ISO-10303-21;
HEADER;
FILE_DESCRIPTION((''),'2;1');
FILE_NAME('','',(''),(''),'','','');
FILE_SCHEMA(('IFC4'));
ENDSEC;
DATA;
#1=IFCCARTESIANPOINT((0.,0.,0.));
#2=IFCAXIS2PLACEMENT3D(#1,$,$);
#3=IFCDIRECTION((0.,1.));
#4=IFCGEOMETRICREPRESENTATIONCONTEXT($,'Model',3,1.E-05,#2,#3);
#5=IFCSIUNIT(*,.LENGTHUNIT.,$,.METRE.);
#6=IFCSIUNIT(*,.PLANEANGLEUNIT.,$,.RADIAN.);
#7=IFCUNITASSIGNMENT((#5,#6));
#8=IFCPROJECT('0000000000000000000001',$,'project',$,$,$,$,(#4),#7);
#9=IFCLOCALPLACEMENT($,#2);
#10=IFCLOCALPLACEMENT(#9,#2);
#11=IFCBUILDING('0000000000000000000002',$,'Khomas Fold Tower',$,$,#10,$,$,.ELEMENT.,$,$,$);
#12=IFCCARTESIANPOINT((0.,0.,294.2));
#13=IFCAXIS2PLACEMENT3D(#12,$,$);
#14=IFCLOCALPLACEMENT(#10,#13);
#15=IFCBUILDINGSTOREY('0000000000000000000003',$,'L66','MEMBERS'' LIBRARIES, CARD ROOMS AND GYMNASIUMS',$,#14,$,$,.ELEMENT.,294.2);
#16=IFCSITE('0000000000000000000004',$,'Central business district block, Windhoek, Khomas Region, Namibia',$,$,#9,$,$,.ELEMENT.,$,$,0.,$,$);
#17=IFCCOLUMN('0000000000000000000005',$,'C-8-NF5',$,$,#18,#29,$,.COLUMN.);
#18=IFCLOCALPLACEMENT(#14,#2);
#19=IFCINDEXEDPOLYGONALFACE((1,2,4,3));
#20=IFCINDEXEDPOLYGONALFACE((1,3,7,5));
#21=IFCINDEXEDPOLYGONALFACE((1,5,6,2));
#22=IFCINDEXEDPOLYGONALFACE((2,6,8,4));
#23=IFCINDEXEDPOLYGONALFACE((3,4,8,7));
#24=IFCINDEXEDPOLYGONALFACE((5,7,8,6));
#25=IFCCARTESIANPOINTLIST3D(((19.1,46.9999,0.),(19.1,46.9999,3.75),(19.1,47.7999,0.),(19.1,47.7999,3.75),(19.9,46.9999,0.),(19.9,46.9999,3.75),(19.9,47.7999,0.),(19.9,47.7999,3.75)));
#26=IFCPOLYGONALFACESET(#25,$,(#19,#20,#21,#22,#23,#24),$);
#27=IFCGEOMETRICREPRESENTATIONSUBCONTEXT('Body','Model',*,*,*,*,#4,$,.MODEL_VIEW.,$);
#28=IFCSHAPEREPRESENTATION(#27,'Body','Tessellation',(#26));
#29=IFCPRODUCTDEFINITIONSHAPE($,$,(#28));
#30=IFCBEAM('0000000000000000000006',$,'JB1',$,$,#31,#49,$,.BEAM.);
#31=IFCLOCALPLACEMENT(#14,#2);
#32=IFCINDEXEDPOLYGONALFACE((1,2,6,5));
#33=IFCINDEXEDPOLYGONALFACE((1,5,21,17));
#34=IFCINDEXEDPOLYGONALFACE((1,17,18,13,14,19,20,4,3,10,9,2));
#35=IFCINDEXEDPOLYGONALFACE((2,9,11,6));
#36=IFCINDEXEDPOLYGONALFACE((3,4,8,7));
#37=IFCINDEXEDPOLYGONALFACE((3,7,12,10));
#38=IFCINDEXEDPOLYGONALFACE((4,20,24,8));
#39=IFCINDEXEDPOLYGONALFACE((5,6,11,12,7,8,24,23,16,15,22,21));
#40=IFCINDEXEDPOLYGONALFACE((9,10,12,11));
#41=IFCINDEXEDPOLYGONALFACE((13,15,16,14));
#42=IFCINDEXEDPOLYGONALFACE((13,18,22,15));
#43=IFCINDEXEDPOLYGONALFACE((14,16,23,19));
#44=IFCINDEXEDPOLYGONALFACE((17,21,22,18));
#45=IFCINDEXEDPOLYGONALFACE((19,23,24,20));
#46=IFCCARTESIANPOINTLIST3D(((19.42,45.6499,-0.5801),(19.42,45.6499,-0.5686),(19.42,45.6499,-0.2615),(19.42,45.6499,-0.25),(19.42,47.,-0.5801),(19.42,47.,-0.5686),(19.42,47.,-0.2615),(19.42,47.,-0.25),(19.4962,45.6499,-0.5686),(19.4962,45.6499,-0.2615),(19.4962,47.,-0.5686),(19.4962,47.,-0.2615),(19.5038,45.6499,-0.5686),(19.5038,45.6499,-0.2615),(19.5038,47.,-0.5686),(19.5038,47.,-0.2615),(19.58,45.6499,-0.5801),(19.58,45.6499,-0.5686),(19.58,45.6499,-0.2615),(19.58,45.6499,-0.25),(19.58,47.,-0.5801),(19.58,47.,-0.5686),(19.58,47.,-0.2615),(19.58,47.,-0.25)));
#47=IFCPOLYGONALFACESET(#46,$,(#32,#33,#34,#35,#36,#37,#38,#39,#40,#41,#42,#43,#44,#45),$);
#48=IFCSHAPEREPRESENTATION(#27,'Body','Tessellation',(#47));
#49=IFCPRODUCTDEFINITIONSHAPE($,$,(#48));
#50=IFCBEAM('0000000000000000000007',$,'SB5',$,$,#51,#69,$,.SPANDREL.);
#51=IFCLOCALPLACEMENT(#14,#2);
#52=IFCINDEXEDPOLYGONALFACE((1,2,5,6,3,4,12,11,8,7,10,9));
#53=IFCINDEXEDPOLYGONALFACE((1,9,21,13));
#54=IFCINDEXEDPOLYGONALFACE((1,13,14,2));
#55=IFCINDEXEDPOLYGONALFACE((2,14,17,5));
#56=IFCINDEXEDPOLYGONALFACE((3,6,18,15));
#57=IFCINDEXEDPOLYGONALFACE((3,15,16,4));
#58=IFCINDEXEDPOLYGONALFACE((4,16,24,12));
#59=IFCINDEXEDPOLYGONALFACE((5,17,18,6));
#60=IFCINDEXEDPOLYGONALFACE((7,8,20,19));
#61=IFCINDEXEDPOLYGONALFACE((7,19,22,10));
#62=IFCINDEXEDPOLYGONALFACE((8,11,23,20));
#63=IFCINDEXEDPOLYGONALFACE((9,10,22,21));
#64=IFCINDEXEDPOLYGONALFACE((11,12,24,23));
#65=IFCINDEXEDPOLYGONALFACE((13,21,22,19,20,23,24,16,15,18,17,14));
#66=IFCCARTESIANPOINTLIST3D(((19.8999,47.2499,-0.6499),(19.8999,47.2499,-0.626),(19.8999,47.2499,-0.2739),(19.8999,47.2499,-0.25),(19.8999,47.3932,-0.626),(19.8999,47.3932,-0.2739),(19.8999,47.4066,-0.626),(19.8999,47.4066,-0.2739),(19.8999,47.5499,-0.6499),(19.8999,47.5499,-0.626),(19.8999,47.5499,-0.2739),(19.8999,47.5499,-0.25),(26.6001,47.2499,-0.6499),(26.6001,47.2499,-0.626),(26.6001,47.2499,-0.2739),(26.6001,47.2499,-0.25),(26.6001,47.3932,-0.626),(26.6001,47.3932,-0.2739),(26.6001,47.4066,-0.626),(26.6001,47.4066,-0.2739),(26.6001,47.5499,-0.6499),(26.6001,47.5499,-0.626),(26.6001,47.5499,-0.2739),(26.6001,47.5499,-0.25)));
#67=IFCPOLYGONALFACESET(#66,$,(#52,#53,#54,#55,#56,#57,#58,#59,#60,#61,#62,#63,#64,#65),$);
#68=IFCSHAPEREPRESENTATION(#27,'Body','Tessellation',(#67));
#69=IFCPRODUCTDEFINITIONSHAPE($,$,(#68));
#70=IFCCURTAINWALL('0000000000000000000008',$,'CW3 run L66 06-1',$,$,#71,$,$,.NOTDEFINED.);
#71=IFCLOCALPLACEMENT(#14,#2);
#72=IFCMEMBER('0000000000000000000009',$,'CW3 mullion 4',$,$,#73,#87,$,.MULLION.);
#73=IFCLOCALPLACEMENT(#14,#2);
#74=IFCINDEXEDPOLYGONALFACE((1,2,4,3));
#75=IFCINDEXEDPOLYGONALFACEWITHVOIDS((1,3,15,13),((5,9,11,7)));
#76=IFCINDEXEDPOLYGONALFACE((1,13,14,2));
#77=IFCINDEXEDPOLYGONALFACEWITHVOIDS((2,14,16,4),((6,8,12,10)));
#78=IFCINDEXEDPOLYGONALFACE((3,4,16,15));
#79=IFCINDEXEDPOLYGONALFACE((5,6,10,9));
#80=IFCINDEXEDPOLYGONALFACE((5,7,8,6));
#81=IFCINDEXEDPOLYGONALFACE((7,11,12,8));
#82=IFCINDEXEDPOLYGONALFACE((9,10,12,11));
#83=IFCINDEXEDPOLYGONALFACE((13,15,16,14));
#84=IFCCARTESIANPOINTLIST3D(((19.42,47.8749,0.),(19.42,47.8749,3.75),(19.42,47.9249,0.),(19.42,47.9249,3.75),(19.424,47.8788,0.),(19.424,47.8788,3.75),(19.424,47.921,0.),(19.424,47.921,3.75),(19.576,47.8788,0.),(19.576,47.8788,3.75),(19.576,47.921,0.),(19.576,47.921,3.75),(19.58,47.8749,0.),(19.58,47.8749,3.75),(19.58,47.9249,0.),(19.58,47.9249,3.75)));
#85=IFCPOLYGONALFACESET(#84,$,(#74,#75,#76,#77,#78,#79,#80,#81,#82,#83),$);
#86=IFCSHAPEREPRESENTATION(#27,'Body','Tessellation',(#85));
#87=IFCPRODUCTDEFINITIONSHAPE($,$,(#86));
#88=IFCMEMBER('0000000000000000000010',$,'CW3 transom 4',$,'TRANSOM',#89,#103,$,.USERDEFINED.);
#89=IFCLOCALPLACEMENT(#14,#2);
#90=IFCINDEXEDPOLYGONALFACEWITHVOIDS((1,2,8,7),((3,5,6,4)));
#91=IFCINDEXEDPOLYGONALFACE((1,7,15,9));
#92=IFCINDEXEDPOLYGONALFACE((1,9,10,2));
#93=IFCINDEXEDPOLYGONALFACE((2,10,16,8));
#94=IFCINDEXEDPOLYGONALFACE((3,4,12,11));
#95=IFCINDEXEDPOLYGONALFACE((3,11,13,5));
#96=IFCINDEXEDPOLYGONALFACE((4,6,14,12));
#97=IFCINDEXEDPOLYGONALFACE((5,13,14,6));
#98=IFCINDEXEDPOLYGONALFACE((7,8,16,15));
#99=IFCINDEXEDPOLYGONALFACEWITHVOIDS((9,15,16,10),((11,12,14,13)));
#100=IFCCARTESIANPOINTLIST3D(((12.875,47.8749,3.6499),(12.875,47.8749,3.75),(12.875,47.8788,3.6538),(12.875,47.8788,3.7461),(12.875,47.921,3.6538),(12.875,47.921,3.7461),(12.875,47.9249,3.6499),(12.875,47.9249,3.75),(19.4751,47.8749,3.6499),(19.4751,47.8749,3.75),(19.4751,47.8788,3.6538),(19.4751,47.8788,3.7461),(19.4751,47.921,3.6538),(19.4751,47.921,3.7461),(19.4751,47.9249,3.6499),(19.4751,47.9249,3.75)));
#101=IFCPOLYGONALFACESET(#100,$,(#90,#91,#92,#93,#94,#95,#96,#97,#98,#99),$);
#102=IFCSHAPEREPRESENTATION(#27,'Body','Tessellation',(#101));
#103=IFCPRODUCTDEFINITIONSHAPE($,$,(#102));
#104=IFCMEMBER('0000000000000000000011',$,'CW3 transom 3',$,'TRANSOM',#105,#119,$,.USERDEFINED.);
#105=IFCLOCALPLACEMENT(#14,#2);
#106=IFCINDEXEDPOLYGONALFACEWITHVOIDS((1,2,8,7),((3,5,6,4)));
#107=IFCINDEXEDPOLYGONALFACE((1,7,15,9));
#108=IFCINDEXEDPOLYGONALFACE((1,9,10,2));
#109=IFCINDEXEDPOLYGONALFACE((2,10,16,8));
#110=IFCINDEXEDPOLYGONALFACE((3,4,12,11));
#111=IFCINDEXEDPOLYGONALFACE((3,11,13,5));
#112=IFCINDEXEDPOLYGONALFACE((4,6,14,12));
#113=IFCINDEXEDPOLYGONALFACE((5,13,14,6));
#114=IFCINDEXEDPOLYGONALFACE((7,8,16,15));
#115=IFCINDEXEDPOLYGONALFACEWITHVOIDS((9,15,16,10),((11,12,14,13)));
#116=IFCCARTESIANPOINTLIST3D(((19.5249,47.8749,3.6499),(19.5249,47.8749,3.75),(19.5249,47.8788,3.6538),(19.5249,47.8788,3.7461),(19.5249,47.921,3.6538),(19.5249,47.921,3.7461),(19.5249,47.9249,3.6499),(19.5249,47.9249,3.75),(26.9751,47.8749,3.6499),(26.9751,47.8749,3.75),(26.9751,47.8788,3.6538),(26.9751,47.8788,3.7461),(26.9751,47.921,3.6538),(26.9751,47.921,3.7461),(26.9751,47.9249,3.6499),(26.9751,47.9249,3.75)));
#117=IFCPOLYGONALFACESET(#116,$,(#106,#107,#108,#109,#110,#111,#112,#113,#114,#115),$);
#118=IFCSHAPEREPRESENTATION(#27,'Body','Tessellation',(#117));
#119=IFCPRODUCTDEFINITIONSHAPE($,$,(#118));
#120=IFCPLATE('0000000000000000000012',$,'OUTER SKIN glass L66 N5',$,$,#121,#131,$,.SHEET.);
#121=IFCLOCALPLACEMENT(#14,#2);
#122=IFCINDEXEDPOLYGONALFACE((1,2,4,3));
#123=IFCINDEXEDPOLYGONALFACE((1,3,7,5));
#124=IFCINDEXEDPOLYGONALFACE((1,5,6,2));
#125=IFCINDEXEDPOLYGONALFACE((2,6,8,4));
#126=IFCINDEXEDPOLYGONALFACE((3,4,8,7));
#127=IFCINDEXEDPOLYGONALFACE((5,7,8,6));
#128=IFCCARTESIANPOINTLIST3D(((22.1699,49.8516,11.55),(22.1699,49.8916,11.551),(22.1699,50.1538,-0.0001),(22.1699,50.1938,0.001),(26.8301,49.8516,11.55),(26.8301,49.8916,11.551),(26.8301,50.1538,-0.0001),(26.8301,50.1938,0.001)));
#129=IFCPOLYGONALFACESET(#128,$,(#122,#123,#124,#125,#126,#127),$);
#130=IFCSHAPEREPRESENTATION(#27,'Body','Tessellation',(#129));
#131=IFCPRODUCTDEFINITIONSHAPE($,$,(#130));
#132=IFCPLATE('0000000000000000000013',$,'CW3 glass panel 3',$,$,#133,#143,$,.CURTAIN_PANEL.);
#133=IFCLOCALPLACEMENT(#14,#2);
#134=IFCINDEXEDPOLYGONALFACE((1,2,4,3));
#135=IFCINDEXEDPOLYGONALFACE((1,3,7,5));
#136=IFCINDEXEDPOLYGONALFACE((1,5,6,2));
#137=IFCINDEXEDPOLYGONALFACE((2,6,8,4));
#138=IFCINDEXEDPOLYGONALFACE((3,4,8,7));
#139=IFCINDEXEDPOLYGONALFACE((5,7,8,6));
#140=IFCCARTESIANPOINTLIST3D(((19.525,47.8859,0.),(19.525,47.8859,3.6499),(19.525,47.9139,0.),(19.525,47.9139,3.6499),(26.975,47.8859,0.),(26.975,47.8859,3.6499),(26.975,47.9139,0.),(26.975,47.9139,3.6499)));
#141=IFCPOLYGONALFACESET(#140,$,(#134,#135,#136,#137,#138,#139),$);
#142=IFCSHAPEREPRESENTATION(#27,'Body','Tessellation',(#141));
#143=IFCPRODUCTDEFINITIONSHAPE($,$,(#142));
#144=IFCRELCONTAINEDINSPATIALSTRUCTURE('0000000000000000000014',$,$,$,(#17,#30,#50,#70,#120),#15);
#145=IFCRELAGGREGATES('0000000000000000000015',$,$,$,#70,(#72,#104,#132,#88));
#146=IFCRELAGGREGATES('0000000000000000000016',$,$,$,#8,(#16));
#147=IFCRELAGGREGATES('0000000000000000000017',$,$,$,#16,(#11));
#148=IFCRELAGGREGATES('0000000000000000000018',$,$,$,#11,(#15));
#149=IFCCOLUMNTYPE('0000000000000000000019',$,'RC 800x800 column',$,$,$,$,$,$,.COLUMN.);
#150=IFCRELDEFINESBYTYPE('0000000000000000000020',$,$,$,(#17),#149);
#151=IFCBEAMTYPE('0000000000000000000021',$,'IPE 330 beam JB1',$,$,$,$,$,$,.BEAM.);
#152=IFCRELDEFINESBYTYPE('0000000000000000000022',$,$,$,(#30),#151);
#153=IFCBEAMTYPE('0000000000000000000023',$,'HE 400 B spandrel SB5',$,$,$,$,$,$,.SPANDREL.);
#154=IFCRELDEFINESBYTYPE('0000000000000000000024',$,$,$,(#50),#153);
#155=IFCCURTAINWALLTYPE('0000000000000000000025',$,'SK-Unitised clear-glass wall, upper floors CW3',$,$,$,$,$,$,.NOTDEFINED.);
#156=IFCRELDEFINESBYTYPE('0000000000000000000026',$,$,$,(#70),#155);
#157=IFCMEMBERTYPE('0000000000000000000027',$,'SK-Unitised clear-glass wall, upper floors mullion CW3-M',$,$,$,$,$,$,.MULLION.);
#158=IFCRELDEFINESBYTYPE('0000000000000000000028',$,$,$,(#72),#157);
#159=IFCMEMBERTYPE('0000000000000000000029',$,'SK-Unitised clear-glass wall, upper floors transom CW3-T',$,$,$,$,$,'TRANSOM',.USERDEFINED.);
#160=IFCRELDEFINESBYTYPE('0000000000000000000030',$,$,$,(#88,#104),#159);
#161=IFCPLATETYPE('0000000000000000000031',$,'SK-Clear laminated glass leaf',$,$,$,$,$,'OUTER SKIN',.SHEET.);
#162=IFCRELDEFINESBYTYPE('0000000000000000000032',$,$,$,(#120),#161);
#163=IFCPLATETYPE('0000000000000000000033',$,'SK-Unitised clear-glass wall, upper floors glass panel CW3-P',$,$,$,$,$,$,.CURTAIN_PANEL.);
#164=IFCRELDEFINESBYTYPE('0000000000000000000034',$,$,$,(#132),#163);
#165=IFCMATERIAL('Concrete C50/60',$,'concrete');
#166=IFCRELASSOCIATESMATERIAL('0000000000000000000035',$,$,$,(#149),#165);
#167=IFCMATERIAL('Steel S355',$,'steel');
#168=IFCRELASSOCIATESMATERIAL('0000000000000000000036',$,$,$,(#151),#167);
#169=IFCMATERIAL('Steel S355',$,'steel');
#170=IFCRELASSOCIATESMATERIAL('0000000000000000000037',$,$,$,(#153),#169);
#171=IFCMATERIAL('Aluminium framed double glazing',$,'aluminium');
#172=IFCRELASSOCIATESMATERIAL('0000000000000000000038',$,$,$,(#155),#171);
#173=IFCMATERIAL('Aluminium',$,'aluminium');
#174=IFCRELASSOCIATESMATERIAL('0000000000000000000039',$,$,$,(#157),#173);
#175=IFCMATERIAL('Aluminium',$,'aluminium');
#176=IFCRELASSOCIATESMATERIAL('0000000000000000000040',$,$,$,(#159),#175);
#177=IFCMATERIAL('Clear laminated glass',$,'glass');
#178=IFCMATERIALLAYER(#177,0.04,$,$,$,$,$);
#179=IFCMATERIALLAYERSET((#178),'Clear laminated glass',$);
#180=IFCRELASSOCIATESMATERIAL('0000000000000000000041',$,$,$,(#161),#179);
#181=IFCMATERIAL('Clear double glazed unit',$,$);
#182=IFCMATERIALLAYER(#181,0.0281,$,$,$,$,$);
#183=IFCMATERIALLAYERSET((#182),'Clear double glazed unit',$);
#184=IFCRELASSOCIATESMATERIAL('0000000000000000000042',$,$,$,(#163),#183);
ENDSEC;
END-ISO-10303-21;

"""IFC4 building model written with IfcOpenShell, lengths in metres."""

from ifc_helpers import new_model, si_unit, direction, frame, origin, origin_2d, place, context, subcontext, project, spatial, polyline, rectangle, hollow_rectangle, i_section, outline, extrude, source, transform, mapped, material, layer, layer_set, material_profile, profile_set, type_object, element, aggregate, save


model = new_model("IFC4")

# Units and contexts
model_context = context("Model", 3, precision=1e-05, world=origin(), true_north=direction((0.0, 1.0)))
body_context = subcontext(model_context, "Body", "Model", "MODEL_VIEW")
ifc_project = project(units=[si_unit("LENGTHUNIT", "METRE"), si_unit("PLANEANGLEUNIT", "RADIAN")], contexts=[model_context])

# Site, building, storey
site_placement = place(None, origin())
site = spatial("IfcSite", under=ifc_project, at=site_placement, Name="Central business district block, Windhoek, Khomas Region, Namibia", CompositionType="ELEMENT", RefElevation=0.0)
building_placement = place(site_placement, origin())
building = spatial("IfcBuilding", under=site, at=building_placement, Name="Khomas Fold Tower", CompositionType="ELEMENT")
storey_placement = place(building_placement, frame((0.0, 0.0, 294.2)))
storey = spatial("IfcBuildingStorey", under=building, at=storey_placement, Name="L66", Description="MEMBERS' LIBRARIES, CARD ROOMS AND GYMNASIUMS", CompositionType="ELEMENT", Elevation=294.2)

# Column
ifc_material_1 = material(Name="Concrete C50/60", Category="concrete")
ifc_material_profile_1 = material_profile(ifc_material_1, rectangle(XDim=0.8, YDim=0.8, at=origin_2d()), Name="RC 800x800")
ifc_profile_set_1 = profile_set([ifc_material_profile_1], Name="Concrete C50/60")
column_type = type_object("IfcColumnType", Name="RC 800x800 column", PredefinedType="COLUMN", material=ifc_profile_set_1)
shared_shape_1 = source(origin(), body_context, "Body", "SweptSolid", [
    extrude(rectangle(XDim=0.8, YDim=0.8, at=origin_2d()), origin(), (0.0, 0.0, 1.0), 3.75),
])
column_placement = place(storey_placement, frame((19.5, 47.3999, 0.0), z_axis=(0.0, 0.0, 1.0), x_axis=(1.0, 0.0, 0.0)))
element("IfcColumn", 1, at=column_placement, inside=storey, type_object=column_type, Name="C-8-NF5", PredefinedType="COLUMN", context=body_context, shape_type="MappedRepresentation", body=[
    mapped(shared_shape_1, transform((0.0, 0.0, 0.0))),
])

# Beams
ifc_material_2 = material(Name="Steel S355", Category="steel")
ifc_material_profile_2 = material_profile(ifc_material_2, i_section(OverallWidth=0.1599, OverallDepth=0.3301, WebThickness=0.0076, FlangeThickness=0.0115, at=origin_2d()), Name="IPE 330")
ifc_profile_set_2 = profile_set([ifc_material_profile_2], Name="Steel S355")
beam_type_1 = type_object("IfcBeamType", Name="IPE 330 beam JB1", PredefinedType="BEAM", material=ifc_profile_set_2)
shared_shape_2 = source(origin(), body_context, "Body", "SweptSolid", [
    extrude(i_section(OverallWidth=0.1599, OverallDepth=0.3301, WebThickness=0.0076, FlangeThickness=0.0115, at=origin_2d()), origin(), (0.0, 0.0, 1.0), 1.3501),
])
beam_1_placement = place(storey_placement, frame((19.5, 45.6499, -0.415), z_axis=(0.0, 1.0, 0.0), x_axis=(-1.0, 0.0, 0.0)))
element("IfcBeam", 2, at=beam_1_placement, inside=storey, type_object=beam_type_1, Name="JB1", PredefinedType="BEAM", context=body_context, shape_type="MappedRepresentation", body=[
    mapped(shared_shape_2, transform((0.0, 0.0, 0.0))),
])
ifc_material_3 = material(Name="Steel S355", Category="steel")
ifc_material_profile_3 = material_profile(ifc_material_3, i_section(OverallWidth=0.3, OverallDepth=0.3999, WebThickness=0.0134, FlangeThickness=0.0239, at=origin_2d()), Name="HE 400 B")
ifc_profile_set_3 = profile_set([ifc_material_profile_3], Name="Steel S355")
beam_type_2 = type_object("IfcBeamType", Name="HE 400 B spandrel SB5", PredefinedType="SPANDREL", material=ifc_profile_set_3)
shared_shape_3 = source(origin(), body_context, "Body", "SweptSolid", [
    extrude(i_section(OverallWidth=0.3, OverallDepth=0.3999, WebThickness=0.0134, FlangeThickness=0.0239, at=origin_2d()), origin(), (0.0, 0.0, 1.0), 6.7002),
])
beam_2_placement = place(storey_placement, frame((19.8999, 47.3999, -0.45), z_axis=(1.0, 0.0, 0.0), x_axis=(0.0, 1.0, 0.0)))
element("IfcBeam", 3, at=beam_2_placement, inside=storey, type_object=beam_type_2, Name="SB5", PredefinedType="SPANDREL", context=body_context, shape_type="MappedRepresentation", body=[
    mapped(shared_shape_3, transform((0.0, 0.0, 0.0))),
])

# Curtain wall, members
ifc_material_4 = material(Name="Aluminium framed double glazing", Category="aluminium")
curtain_wall_type = type_object("IfcCurtainWallType", Name="SK-Unitised clear-glass wall, upper floors CW3", PredefinedType="NOTDEFINED", material=ifc_material_4)
curtain_wall_placement = place(storey_placement, origin())
curtain_wall = element("IfcCurtainWall", 4, at=curtain_wall_placement, inside=storey, type_object=curtain_wall_type, Name="CW3 run L66 06-1", PredefinedType="NOTDEFINED")
ifc_material_5 = material(Name="Aluminium", Category="aluminium")
ifc_material_profile_4 = material_profile(ifc_material_5, hollow_rectangle(XDim=0.05, YDim=0.1599, WallThickness=0.0039, at=origin_2d()), Name="SK-Unitised clear-glass wall, upper floors mullion CW3-M")
ifc_profile_set_4 = profile_set([ifc_material_profile_4], Name="Aluminium")
member_type_1 = type_object("IfcMemberType", Name="SK-Unitised clear-glass wall, upper floors mullion CW3-M", PredefinedType="MULLION", material=ifc_profile_set_4)
shared_shape_4 = source(origin(), body_context, "Body", "SweptSolid", [
    extrude(hollow_rectangle(XDim=0.05, YDim=0.1599, WallThickness=0.0039, at=origin_2d()), origin(), (0.0, 0.0, 1.0), 3.75),
])
member_1_placement = place(storey_placement, frame((19.5, 47.8999, 0.0), z_axis=(0.0, 0.0, 1.0), x_axis=(0.0, -1.0, 0.0)))
member_1 = element("IfcMember", 5, at=member_1_placement, type_object=member_type_1, Name="CW3 mullion 4", PredefinedType="MULLION", context=body_context, shape_type="MappedRepresentation", body=[
    mapped(shared_shape_4, transform((0.0, 0.0, 0.0))),
])
ifc_material_6 = material(Name="Aluminium", Category="aluminium")
ifc_material_profile_5 = material_profile(ifc_material_6, hollow_rectangle(XDim=0.05, YDim=0.1001, WallThickness=0.0039, at=origin_2d()), Name="SK-Unitised clear-glass wall, upper floors transom CW3-T")
ifc_profile_set_5 = profile_set([ifc_material_profile_5], Name="Aluminium")
member_type_2 = type_object("IfcMemberType", Name="SK-Unitised clear-glass wall, upper floors transom CW3-T", ElementType="TRANSOM", PredefinedType="USERDEFINED", material=ifc_profile_set_5)
shared_shape_5 = source(origin(), body_context, "Body", "SweptSolid", [
    extrude(hollow_rectangle(XDim=0.05, YDim=0.1001, WallThickness=0.0039, at=origin_2d()), origin(), (0.0, 0.0, 1.0), 6.6001),
])
member_2_placement = place(storey_placement, frame((19.4751, 47.8999, 3.7), z_axis=(-1.0, 0.0, 0.0), x_axis=(0.0, -1.0, 0.0)))
member_2 = element("IfcMember", 6, at=member_2_placement, type_object=member_type_2, Name="CW3 transom 4", ObjectType="TRANSOM", PredefinedType="USERDEFINED", context=body_context, shape_type="MappedRepresentation", body=[
    mapped(shared_shape_5, transform((0.0, 0.0, 0.0))),
])
shared_shape_6 = source(origin(), body_context, "Body", "SweptSolid", [
    extrude(hollow_rectangle(XDim=0.05, YDim=0.1001, WallThickness=0.0039, at=origin_2d()), origin(), (0.0, 0.0, 1.0), 7.4502),
])
member_3_placement = place(storey_placement, frame((26.9751, 47.8999, 3.7), z_axis=(-1.0, 0.0, 0.0), x_axis=(0.0, -1.0, 0.0)))
member_3 = element("IfcMember", 7, at=member_3_placement, type_object=member_type_2, Name="CW3 transom 3", ObjectType="TRANSOM", PredefinedType="USERDEFINED", context=body_context, shape_type="MappedRepresentation", body=[
    mapped(shared_shape_6, transform((0.0, 0.0, 0.0))),
])

# Plates
ifc_material_7 = material(Name="Clear laminated glass", Category="glass")
ifc_layer_1 = layer(ifc_material_7, 0.04)
ifc_layer_set_1 = layer_set([ifc_layer_1], Name="Clear laminated glass")
plate_type_1 = type_object("IfcPlateType", Name="SK-Clear laminated glass leaf", ElementType="OUTER SKIN", PredefinedType="SHEET", material=ifc_layer_set_1)
plate_1_placement = place(storey_placement, frame((22.1699, 50.1938, 0.001), z_axis=(0.0, 0.999658, 0.026159), x_axis=(1.0, 0.0, 0.0)))
element("IfcPlate", 8, at=plate_1_placement, inside=storey, type_object=plate_type_1, Name="OUTER SKIN glass L66 N5", PredefinedType="SHEET", context=body_context, shape_type="SweptSolid", body=[
    extrude(outline(polyline([(0.0, 0.0), (4.6602, 0.0), (4.6602, -11.554), (0.0, -11.554), (0.0, 0.0)])), origin(), (0.0, 0.0, -1.0), 0.04),
])
ifc_material_8 = material(Name="Clear double glazed unit")
ifc_layer_2 = layer(ifc_material_8, 0.0281)
ifc_layer_set_2 = layer_set([ifc_layer_2], Name="Clear double glazed unit")
plate_type_2 = type_object("IfcPlateType", Name="SK-Unitised clear-glass wall, upper floors glass panel CW3-P", PredefinedType="CURTAIN_PANEL", material=ifc_layer_set_2)
shared_shape_7 = source(origin(), body_context, "Body", "SweptSolid", [
    extrude(rectangle(XDim=7.45, YDim=0.0281, at=origin_2d()), origin(), (0.0, 0.0, 1.0), 3.6499),
])
plate_2_placement = place(storey_placement, frame((23.25, 47.8999, 0.0), z_axis=(0.0, 0.0, 1.0), x_axis=(-1.0, 0.0, 0.0)))
plate_2 = element("IfcPlate", 9, at=plate_2_placement, type_object=plate_type_2, Name="CW3 glass panel 3", PredefinedType="CURTAIN_PANEL", context=body_context, shape_type="MappedRepresentation", body=[
    mapped(shared_shape_7, transform((0.0, 0.0, 0.0))),
])
aggregate(curtain_wall, [member_1, member_3, plate_2, member_2])

save(model, "model.ifc")
